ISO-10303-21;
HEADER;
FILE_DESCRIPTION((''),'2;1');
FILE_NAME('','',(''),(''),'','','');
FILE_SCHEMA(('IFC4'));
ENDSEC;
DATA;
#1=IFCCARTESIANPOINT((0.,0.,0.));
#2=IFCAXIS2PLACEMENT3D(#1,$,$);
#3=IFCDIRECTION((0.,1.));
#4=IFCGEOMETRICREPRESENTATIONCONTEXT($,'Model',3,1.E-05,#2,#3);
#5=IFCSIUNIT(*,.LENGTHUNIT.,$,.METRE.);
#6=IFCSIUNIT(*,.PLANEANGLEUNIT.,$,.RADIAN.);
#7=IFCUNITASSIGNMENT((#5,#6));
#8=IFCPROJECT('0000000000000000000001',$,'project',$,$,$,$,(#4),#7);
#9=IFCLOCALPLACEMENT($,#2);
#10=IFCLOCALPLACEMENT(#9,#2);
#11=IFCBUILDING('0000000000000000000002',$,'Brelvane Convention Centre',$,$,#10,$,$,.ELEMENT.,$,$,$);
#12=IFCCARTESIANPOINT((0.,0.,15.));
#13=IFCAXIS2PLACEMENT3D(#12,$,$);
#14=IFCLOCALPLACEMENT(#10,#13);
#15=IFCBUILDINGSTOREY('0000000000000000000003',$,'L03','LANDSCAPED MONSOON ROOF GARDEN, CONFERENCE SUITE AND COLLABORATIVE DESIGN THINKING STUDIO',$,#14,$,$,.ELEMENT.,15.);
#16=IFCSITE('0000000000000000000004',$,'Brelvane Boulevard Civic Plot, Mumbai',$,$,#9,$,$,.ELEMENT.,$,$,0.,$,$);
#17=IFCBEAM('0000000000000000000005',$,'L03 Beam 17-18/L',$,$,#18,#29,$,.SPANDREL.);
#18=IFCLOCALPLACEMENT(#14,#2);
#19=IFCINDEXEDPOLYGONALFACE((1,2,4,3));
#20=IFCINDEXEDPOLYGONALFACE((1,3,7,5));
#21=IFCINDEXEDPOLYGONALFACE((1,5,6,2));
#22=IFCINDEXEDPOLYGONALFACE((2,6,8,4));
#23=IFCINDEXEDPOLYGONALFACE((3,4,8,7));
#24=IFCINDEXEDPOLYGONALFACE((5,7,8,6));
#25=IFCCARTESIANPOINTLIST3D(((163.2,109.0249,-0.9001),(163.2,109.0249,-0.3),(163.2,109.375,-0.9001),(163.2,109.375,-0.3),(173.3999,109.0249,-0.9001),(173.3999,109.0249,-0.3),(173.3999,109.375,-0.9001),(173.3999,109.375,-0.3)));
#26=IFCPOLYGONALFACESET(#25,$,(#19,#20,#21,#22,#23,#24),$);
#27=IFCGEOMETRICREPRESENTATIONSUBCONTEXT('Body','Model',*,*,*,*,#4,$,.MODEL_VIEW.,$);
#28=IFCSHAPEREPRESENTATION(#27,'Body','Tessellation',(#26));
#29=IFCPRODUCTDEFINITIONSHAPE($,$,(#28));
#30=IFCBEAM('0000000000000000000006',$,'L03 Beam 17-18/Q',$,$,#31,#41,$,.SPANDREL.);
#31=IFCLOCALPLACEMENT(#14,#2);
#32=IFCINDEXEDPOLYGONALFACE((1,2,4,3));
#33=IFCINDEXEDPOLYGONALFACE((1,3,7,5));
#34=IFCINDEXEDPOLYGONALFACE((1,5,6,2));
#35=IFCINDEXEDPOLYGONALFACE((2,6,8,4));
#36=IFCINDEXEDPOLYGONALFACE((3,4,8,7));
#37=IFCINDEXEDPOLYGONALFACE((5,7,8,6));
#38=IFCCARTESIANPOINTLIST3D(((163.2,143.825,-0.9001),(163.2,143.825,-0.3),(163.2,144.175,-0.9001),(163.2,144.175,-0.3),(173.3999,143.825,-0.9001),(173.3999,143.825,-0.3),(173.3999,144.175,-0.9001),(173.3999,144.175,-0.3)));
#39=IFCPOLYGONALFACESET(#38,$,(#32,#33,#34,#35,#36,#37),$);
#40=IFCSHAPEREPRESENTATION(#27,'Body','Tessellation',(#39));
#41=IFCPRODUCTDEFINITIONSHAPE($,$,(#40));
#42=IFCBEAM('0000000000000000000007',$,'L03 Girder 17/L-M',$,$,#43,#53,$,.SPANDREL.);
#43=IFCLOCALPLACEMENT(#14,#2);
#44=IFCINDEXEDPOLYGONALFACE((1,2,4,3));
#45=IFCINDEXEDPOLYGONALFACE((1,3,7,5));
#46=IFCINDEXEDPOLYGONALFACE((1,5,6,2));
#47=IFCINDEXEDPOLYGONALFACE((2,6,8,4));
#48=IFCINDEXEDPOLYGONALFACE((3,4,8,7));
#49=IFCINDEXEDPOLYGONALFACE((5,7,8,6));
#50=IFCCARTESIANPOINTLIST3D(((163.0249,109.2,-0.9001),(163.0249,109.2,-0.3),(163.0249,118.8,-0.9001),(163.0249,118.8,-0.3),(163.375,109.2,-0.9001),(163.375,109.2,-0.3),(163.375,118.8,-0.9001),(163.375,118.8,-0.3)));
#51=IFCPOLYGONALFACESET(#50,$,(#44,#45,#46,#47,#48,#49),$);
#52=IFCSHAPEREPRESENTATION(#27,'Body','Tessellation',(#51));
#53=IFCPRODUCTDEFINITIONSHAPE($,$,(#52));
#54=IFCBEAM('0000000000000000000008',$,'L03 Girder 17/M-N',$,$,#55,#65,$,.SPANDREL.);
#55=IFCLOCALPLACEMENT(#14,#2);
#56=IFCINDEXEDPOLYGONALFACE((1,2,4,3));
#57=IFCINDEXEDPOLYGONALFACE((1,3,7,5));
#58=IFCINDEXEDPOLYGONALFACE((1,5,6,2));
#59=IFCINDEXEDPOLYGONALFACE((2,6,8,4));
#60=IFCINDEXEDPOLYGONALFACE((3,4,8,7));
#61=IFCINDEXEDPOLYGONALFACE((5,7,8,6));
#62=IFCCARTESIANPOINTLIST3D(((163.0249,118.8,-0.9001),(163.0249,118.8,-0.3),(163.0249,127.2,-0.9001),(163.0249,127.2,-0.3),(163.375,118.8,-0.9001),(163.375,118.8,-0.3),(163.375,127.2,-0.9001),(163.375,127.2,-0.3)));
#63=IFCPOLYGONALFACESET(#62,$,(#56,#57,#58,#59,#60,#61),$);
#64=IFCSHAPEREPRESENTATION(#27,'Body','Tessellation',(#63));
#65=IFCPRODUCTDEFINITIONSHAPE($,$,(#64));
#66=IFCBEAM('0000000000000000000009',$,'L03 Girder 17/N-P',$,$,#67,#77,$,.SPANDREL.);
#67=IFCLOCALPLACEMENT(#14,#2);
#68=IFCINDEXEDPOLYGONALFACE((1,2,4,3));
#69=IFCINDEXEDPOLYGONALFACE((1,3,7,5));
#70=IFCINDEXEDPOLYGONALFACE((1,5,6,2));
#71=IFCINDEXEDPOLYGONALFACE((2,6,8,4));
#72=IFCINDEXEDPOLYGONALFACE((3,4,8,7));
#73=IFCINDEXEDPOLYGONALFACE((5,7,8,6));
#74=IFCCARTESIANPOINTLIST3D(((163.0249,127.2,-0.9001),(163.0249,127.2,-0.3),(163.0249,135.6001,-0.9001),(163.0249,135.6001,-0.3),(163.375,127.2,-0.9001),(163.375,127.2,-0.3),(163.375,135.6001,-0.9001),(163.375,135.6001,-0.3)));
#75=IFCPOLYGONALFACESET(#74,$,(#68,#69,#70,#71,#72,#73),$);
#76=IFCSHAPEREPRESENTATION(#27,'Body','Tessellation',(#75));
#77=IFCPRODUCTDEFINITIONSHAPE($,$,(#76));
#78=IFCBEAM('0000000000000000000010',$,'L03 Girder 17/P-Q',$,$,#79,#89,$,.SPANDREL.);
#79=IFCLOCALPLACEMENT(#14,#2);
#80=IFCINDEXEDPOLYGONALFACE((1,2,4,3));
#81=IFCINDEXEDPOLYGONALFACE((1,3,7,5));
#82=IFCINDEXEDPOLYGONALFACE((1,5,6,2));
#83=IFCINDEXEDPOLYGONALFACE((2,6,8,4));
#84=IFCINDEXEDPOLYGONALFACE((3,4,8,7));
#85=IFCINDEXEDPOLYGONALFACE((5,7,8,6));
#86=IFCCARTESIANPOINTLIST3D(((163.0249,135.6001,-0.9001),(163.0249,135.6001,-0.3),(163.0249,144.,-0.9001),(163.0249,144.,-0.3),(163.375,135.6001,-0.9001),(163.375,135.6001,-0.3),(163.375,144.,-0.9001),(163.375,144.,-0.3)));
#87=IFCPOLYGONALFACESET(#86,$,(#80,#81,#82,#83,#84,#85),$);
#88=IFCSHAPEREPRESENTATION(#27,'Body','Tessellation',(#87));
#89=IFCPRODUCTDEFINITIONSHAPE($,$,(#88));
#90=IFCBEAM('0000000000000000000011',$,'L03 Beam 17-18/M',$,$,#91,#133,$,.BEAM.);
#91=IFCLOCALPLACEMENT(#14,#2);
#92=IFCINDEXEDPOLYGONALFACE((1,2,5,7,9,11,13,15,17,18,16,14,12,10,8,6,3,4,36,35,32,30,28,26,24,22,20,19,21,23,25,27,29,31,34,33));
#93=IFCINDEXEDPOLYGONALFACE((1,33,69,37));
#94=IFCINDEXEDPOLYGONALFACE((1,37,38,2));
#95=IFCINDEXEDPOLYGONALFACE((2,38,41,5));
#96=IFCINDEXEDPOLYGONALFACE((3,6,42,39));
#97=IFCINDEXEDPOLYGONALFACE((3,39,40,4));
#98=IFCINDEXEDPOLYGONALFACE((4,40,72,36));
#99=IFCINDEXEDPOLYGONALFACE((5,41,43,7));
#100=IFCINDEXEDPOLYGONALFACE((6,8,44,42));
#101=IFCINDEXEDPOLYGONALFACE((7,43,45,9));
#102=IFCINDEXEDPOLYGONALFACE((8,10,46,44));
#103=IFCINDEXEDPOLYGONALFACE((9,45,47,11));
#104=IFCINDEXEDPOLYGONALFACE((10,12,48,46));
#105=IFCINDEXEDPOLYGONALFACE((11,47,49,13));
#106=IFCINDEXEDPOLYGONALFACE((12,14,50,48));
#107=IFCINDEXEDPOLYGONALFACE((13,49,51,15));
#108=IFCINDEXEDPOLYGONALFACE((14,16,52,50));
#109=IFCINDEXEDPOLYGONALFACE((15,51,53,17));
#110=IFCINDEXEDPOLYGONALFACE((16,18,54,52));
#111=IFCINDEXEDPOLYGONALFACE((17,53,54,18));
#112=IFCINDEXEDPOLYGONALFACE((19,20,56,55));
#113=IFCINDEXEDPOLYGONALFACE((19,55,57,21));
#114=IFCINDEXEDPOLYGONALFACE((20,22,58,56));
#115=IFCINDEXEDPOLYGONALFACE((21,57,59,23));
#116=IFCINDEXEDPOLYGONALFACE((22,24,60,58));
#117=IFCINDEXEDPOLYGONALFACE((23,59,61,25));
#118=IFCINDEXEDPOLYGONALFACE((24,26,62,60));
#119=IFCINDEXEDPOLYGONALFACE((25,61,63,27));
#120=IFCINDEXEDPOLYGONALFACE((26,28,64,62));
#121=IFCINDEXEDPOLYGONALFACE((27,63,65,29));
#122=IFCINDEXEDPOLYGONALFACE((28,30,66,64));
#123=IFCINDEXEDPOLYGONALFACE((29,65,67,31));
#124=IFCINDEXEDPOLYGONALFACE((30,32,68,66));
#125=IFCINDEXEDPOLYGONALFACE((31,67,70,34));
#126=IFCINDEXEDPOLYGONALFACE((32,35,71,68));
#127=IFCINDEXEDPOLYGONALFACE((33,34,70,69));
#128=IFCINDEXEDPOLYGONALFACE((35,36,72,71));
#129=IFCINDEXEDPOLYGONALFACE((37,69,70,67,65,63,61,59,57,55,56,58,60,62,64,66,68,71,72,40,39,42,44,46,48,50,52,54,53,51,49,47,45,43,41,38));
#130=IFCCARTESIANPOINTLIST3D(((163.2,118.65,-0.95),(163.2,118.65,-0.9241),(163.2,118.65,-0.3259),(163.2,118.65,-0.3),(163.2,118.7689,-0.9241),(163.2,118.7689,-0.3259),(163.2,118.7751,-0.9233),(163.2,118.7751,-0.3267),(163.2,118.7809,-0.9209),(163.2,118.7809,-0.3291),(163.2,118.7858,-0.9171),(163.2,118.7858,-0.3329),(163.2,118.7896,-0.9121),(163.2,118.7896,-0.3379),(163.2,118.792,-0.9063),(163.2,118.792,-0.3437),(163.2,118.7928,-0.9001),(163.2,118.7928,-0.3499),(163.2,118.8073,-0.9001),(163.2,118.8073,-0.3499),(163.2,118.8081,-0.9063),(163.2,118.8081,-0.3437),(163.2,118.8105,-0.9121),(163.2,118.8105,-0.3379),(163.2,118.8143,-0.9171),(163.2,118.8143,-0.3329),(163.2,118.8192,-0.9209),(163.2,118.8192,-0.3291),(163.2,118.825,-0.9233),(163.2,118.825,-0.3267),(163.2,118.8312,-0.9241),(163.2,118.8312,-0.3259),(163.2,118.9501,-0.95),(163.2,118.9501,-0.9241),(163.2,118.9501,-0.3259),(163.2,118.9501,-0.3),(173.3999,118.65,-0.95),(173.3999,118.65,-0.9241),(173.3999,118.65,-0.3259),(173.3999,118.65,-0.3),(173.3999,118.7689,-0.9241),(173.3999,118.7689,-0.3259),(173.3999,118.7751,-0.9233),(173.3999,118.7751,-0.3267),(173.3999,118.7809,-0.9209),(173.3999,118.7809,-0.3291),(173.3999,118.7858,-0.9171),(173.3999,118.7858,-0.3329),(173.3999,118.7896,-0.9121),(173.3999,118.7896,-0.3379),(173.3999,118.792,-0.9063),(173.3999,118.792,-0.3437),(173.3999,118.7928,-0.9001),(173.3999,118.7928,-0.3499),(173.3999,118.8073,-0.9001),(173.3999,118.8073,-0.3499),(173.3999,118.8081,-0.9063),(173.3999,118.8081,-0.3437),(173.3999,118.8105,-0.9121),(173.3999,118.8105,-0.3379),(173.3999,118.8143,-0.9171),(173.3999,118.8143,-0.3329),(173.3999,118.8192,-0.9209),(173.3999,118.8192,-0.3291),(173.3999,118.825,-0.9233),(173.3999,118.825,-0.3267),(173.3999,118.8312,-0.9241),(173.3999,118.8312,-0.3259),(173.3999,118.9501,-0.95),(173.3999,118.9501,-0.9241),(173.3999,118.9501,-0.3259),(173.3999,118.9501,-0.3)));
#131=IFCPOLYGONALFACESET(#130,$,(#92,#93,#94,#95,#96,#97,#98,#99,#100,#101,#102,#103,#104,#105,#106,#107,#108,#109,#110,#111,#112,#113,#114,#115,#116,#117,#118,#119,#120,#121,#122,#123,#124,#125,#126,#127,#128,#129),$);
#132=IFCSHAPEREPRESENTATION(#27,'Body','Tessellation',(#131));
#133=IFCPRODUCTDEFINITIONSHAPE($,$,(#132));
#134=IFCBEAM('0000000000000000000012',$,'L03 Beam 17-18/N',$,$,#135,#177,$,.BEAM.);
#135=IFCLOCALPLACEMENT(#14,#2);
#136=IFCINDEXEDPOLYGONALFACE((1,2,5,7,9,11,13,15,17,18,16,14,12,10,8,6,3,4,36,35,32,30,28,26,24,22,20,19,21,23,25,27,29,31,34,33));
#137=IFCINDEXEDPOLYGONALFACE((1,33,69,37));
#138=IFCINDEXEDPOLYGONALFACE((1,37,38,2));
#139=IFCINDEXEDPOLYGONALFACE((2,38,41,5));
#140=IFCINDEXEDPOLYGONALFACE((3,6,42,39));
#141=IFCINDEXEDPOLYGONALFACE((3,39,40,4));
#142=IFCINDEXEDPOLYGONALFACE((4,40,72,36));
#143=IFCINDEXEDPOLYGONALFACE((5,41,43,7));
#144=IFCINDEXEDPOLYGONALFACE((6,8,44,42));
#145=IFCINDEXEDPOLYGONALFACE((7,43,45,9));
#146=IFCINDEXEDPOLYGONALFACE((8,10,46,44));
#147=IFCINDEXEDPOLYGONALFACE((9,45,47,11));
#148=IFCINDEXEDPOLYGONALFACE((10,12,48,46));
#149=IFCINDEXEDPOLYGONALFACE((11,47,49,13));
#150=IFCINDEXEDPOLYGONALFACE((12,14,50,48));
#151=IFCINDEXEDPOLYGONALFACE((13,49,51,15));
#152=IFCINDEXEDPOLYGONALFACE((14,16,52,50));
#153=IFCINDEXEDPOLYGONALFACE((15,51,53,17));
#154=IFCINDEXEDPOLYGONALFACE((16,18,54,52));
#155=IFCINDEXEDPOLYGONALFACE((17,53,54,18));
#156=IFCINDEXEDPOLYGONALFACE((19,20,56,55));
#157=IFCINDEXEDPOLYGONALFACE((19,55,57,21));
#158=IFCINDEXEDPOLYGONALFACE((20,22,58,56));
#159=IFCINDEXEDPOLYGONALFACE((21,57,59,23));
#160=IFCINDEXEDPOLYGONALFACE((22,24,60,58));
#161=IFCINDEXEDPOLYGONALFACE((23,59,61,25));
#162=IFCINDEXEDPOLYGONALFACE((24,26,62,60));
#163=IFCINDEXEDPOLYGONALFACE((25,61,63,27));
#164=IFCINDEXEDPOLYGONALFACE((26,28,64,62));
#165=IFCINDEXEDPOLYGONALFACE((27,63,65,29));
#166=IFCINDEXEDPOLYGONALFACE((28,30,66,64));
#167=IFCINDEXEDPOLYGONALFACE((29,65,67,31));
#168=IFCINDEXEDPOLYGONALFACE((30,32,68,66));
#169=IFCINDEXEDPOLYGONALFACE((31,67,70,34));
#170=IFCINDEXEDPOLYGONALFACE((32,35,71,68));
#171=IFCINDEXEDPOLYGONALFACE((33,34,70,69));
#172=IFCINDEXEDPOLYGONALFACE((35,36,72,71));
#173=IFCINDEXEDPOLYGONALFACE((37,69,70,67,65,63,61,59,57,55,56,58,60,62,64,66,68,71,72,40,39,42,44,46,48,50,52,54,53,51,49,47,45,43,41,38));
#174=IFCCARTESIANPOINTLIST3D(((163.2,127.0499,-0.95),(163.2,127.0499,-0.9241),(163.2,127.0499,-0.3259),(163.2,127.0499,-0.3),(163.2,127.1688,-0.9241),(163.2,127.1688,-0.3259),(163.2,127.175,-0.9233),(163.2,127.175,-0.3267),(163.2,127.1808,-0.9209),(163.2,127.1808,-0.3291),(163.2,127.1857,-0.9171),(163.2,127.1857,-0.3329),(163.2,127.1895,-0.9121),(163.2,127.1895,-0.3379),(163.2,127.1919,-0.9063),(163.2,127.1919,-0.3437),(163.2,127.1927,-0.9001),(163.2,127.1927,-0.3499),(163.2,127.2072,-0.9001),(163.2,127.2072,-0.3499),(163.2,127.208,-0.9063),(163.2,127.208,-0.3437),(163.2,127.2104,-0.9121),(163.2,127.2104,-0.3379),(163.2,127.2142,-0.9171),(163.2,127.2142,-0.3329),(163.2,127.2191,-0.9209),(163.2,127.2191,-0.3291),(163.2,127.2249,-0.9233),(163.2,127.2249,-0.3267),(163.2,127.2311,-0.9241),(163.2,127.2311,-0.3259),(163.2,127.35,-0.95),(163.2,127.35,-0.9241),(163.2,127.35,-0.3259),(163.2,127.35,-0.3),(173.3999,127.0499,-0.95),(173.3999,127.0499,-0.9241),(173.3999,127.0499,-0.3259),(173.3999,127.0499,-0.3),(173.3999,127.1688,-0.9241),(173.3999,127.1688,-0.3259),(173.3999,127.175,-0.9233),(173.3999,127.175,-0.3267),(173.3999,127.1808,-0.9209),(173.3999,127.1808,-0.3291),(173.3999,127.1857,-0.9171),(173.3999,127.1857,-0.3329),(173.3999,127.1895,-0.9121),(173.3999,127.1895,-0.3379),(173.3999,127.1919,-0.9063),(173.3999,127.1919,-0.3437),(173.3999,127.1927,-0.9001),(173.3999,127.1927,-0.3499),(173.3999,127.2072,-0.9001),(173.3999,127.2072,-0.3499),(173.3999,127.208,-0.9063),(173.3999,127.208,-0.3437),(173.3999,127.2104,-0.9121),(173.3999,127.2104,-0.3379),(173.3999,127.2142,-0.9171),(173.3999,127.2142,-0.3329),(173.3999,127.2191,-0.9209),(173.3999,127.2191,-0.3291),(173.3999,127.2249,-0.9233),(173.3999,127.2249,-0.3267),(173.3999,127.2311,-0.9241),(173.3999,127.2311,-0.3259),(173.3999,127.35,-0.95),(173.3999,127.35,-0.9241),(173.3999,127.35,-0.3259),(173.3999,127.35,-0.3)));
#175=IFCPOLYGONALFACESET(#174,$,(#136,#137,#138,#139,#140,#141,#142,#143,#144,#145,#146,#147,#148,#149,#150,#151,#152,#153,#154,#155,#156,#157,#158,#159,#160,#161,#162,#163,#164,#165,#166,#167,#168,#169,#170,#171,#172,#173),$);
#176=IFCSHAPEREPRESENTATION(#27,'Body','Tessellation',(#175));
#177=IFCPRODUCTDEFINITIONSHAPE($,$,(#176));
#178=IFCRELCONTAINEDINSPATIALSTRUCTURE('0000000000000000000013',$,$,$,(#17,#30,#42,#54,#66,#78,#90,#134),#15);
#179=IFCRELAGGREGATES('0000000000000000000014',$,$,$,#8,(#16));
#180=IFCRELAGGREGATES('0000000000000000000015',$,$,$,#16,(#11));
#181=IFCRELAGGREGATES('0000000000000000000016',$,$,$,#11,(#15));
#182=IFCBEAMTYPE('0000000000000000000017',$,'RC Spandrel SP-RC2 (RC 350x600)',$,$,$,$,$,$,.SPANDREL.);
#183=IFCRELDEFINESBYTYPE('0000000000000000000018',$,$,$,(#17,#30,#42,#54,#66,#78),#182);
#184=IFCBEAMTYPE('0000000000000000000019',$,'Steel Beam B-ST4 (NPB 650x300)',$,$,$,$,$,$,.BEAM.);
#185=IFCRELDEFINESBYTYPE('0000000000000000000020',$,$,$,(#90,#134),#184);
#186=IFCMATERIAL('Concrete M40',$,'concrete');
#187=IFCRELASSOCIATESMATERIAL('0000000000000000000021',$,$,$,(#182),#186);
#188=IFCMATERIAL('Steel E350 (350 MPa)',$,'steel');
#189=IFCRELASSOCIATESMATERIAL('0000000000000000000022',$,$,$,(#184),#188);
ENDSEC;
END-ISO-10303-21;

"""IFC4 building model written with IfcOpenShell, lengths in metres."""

from ifc_helpers import new_model, si_unit, direction, frame, origin, origin_2d, place, context, subcontext, project, spatial, rectangle, i_section, extrude, material, material_profile, profile_set, type_object, element, save


model = new_model("IFC4")

# Units and contexts
model_context = context("Model", 3, precision=1e-05, world=origin(), true_north=direction((0.0, 1.0)))
body_context = subcontext(model_context, "Body", "Model", "MODEL_VIEW")
ifc_project = project(units=[si_unit("LENGTHUNIT", "METRE"), si_unit("PLANEANGLEUNIT", "RADIAN")], contexts=[model_context])

# Site, building, storey
site_placement = place(None, origin())
site = spatial("IfcSite", under=ifc_project, at=site_placement, Name="Brelvane Boulevard Civic Plot, Mumbai", CompositionType="ELEMENT", RefElevation=0.0)
building_placement = place(site_placement, origin())
building = spatial("IfcBuilding", under=site, at=building_placement, Name="Brelvane Convention Centre", CompositionType="ELEMENT")
storey_placement = place(building_placement, frame((0.0, 0.0, 15.0)))
storey = spatial("IfcBuildingStorey", under=building, at=storey_placement, Name="L03", Description="LANDSCAPED MONSOON ROOF GARDEN, CONFERENCE SUITE AND COLLABORATIVE DESIGN THINKING STUDIO", CompositionType="ELEMENT", Elevation=15.0)

# Beams
ifc_material_1 = material(Name="Concrete M40", Category="concrete")
ifc_material_profile_1 = material_profile(ifc_material_1, rectangle(XDim=0.3501, YDim=0.6001, at=origin_2d()), Name="RC 350x600")
ifc_profile_set_1 = profile_set([ifc_material_profile_1], Name="Concrete M40")
beam_type_1 = type_object("IfcBeamType", Name="RC Spandrel SP-RC2 (RC 350x600)", PredefinedType="SPANDREL", material=ifc_profile_set_1)
for number, where, z_axis, x_axis, name in (
    (1, (163.2, 109.2, -0.6001), (1.0, 0.0, 0.0), (0.0, 1.0, 0.0), "L03 Beam 17-18/L"),
    (2, (163.2, 144.0, -0.6001), (1.0, 0.0, 0.0), (0.0, 1.0, 0.0), "L03 Beam 17-18/Q"),
):
    element("IfcBeam", number, at=place(storey_placement, frame(where, z_axis=z_axis, x_axis=x_axis)), inside=storey, type_object=beam_type_1, Name=name, PredefinedType="SPANDREL", context=body_context, shape_type="SweptSolid", body=[
        extrude(rectangle(XDim=0.3501, YDim=0.6001, at=origin_2d()), origin(), (0.0, 0.0, 1.0), 10.2),
    ])
beam_1_placement = place(storey_placement, frame((163.2, 109.2, -0.6001), z_axis=(0.0, 1.0, 0.0), x_axis=(-1.0, 0.0, 0.0)))
element("IfcBeam", 3, at=beam_1_placement, inside=storey, type_object=beam_type_1, Name="L03 Girder 17/L-M", PredefinedType="SPANDREL", context=body_context, shape_type="SweptSolid", body=[
    extrude(rectangle(XDim=0.3501, YDim=0.6001, at=origin_2d()), origin(), (0.0, 0.0, 1.0), 9.6001),
])
beam_2_placement = place(storey_placement, frame((163.2, 118.8, -0.6001), z_axis=(0.0, 1.0, 0.0), x_axis=(-1.0, 0.0, 0.0)))
element("IfcBeam", 4, at=beam_2_placement, inside=storey, type_object=beam_type_1, Name="L03 Girder 17/M-N", PredefinedType="SPANDREL", context=body_context, shape_type="SweptSolid", body=[
    extrude(rectangle(XDim=0.3501, YDim=0.6001, at=origin_2d()), origin(), (0.0, 0.0, 1.0), 8.3999),
])
beam_3_placement = place(storey_placement, frame((163.2, 127.2, -0.6001), z_axis=(0.0, 1.0, 0.0), x_axis=(-1.0, 0.0, 0.0)))
element("IfcBeam", 5, at=beam_3_placement, inside=storey, type_object=beam_type_1, Name="L03 Girder 17/N-P", PredefinedType="SPANDREL", context=body_context, shape_type="SweptSolid", body=[
    extrude(rectangle(XDim=0.3501, YDim=0.6001, at=origin_2d()), origin(), (0.0, 0.0, 1.0), 8.4001),
])
beam_4_placement = place(storey_placement, frame((163.2, 135.6001, -0.6001), z_axis=(0.0, 1.0, 0.0), x_axis=(-1.0, 0.0, 0.0)))
element("IfcBeam", 6, at=beam_4_placement, inside=storey, type_object=beam_type_1, Name="L03 Girder 17/P-Q", PredefinedType="SPANDREL", context=body_context, shape_type="SweptSolid", body=[
    extrude(rectangle(XDim=0.3501, YDim=0.6001, at=origin_2d()), origin(), (0.0, 0.0, 1.0), 8.3999),
])
ifc_material_2 = material(Name="Steel E350 (350 MPa)", Category="steel")
ifc_material_profile_2 = material_profile(ifc_material_2, i_section(OverallWidth=0.3, OverallDepth=0.6499, WebThickness=0.0144, FlangeThickness=0.0259, FilletRadius=0.0239, at=origin_2d()), Name="NPB 650x300")
ifc_profile_set_2 = profile_set([ifc_material_profile_2], Name="Steel E350 (350 MPa)")
beam_type_2 = type_object("IfcBeamType", Name="Steel Beam B-ST4 (NPB 650x300)", PredefinedType="BEAM", material=ifc_profile_set_2)
for number, where, z_axis, x_axis, name in (
    (7, (163.2, 118.8, -0.625), (1.0, 0.0, 0.0), (0.0, 1.0, 0.0), "L03 Beam 17-18/M"),
    (8, (163.2, 127.2, -0.625), (1.0, 0.0, 0.0), (0.0, 1.0, 0.0), "L03 Beam 17-18/N"),
):
    element("IfcBeam", number, at=place(storey_placement, frame(where, z_axis=z_axis, x_axis=x_axis)), inside=storey, type_object=beam_type_2, Name=name, PredefinedType="BEAM", context=body_context, shape_type="SweptSolid", body=[
        extrude(i_section(OverallWidth=0.3, OverallDepth=0.6499, WebThickness=0.0144, FlangeThickness=0.0259, FilletRadius=0.0239, at=origin_2d()), origin(), (0.0, 0.0, 1.0), 10.2),
    ])

save(model, "model.ifc")
